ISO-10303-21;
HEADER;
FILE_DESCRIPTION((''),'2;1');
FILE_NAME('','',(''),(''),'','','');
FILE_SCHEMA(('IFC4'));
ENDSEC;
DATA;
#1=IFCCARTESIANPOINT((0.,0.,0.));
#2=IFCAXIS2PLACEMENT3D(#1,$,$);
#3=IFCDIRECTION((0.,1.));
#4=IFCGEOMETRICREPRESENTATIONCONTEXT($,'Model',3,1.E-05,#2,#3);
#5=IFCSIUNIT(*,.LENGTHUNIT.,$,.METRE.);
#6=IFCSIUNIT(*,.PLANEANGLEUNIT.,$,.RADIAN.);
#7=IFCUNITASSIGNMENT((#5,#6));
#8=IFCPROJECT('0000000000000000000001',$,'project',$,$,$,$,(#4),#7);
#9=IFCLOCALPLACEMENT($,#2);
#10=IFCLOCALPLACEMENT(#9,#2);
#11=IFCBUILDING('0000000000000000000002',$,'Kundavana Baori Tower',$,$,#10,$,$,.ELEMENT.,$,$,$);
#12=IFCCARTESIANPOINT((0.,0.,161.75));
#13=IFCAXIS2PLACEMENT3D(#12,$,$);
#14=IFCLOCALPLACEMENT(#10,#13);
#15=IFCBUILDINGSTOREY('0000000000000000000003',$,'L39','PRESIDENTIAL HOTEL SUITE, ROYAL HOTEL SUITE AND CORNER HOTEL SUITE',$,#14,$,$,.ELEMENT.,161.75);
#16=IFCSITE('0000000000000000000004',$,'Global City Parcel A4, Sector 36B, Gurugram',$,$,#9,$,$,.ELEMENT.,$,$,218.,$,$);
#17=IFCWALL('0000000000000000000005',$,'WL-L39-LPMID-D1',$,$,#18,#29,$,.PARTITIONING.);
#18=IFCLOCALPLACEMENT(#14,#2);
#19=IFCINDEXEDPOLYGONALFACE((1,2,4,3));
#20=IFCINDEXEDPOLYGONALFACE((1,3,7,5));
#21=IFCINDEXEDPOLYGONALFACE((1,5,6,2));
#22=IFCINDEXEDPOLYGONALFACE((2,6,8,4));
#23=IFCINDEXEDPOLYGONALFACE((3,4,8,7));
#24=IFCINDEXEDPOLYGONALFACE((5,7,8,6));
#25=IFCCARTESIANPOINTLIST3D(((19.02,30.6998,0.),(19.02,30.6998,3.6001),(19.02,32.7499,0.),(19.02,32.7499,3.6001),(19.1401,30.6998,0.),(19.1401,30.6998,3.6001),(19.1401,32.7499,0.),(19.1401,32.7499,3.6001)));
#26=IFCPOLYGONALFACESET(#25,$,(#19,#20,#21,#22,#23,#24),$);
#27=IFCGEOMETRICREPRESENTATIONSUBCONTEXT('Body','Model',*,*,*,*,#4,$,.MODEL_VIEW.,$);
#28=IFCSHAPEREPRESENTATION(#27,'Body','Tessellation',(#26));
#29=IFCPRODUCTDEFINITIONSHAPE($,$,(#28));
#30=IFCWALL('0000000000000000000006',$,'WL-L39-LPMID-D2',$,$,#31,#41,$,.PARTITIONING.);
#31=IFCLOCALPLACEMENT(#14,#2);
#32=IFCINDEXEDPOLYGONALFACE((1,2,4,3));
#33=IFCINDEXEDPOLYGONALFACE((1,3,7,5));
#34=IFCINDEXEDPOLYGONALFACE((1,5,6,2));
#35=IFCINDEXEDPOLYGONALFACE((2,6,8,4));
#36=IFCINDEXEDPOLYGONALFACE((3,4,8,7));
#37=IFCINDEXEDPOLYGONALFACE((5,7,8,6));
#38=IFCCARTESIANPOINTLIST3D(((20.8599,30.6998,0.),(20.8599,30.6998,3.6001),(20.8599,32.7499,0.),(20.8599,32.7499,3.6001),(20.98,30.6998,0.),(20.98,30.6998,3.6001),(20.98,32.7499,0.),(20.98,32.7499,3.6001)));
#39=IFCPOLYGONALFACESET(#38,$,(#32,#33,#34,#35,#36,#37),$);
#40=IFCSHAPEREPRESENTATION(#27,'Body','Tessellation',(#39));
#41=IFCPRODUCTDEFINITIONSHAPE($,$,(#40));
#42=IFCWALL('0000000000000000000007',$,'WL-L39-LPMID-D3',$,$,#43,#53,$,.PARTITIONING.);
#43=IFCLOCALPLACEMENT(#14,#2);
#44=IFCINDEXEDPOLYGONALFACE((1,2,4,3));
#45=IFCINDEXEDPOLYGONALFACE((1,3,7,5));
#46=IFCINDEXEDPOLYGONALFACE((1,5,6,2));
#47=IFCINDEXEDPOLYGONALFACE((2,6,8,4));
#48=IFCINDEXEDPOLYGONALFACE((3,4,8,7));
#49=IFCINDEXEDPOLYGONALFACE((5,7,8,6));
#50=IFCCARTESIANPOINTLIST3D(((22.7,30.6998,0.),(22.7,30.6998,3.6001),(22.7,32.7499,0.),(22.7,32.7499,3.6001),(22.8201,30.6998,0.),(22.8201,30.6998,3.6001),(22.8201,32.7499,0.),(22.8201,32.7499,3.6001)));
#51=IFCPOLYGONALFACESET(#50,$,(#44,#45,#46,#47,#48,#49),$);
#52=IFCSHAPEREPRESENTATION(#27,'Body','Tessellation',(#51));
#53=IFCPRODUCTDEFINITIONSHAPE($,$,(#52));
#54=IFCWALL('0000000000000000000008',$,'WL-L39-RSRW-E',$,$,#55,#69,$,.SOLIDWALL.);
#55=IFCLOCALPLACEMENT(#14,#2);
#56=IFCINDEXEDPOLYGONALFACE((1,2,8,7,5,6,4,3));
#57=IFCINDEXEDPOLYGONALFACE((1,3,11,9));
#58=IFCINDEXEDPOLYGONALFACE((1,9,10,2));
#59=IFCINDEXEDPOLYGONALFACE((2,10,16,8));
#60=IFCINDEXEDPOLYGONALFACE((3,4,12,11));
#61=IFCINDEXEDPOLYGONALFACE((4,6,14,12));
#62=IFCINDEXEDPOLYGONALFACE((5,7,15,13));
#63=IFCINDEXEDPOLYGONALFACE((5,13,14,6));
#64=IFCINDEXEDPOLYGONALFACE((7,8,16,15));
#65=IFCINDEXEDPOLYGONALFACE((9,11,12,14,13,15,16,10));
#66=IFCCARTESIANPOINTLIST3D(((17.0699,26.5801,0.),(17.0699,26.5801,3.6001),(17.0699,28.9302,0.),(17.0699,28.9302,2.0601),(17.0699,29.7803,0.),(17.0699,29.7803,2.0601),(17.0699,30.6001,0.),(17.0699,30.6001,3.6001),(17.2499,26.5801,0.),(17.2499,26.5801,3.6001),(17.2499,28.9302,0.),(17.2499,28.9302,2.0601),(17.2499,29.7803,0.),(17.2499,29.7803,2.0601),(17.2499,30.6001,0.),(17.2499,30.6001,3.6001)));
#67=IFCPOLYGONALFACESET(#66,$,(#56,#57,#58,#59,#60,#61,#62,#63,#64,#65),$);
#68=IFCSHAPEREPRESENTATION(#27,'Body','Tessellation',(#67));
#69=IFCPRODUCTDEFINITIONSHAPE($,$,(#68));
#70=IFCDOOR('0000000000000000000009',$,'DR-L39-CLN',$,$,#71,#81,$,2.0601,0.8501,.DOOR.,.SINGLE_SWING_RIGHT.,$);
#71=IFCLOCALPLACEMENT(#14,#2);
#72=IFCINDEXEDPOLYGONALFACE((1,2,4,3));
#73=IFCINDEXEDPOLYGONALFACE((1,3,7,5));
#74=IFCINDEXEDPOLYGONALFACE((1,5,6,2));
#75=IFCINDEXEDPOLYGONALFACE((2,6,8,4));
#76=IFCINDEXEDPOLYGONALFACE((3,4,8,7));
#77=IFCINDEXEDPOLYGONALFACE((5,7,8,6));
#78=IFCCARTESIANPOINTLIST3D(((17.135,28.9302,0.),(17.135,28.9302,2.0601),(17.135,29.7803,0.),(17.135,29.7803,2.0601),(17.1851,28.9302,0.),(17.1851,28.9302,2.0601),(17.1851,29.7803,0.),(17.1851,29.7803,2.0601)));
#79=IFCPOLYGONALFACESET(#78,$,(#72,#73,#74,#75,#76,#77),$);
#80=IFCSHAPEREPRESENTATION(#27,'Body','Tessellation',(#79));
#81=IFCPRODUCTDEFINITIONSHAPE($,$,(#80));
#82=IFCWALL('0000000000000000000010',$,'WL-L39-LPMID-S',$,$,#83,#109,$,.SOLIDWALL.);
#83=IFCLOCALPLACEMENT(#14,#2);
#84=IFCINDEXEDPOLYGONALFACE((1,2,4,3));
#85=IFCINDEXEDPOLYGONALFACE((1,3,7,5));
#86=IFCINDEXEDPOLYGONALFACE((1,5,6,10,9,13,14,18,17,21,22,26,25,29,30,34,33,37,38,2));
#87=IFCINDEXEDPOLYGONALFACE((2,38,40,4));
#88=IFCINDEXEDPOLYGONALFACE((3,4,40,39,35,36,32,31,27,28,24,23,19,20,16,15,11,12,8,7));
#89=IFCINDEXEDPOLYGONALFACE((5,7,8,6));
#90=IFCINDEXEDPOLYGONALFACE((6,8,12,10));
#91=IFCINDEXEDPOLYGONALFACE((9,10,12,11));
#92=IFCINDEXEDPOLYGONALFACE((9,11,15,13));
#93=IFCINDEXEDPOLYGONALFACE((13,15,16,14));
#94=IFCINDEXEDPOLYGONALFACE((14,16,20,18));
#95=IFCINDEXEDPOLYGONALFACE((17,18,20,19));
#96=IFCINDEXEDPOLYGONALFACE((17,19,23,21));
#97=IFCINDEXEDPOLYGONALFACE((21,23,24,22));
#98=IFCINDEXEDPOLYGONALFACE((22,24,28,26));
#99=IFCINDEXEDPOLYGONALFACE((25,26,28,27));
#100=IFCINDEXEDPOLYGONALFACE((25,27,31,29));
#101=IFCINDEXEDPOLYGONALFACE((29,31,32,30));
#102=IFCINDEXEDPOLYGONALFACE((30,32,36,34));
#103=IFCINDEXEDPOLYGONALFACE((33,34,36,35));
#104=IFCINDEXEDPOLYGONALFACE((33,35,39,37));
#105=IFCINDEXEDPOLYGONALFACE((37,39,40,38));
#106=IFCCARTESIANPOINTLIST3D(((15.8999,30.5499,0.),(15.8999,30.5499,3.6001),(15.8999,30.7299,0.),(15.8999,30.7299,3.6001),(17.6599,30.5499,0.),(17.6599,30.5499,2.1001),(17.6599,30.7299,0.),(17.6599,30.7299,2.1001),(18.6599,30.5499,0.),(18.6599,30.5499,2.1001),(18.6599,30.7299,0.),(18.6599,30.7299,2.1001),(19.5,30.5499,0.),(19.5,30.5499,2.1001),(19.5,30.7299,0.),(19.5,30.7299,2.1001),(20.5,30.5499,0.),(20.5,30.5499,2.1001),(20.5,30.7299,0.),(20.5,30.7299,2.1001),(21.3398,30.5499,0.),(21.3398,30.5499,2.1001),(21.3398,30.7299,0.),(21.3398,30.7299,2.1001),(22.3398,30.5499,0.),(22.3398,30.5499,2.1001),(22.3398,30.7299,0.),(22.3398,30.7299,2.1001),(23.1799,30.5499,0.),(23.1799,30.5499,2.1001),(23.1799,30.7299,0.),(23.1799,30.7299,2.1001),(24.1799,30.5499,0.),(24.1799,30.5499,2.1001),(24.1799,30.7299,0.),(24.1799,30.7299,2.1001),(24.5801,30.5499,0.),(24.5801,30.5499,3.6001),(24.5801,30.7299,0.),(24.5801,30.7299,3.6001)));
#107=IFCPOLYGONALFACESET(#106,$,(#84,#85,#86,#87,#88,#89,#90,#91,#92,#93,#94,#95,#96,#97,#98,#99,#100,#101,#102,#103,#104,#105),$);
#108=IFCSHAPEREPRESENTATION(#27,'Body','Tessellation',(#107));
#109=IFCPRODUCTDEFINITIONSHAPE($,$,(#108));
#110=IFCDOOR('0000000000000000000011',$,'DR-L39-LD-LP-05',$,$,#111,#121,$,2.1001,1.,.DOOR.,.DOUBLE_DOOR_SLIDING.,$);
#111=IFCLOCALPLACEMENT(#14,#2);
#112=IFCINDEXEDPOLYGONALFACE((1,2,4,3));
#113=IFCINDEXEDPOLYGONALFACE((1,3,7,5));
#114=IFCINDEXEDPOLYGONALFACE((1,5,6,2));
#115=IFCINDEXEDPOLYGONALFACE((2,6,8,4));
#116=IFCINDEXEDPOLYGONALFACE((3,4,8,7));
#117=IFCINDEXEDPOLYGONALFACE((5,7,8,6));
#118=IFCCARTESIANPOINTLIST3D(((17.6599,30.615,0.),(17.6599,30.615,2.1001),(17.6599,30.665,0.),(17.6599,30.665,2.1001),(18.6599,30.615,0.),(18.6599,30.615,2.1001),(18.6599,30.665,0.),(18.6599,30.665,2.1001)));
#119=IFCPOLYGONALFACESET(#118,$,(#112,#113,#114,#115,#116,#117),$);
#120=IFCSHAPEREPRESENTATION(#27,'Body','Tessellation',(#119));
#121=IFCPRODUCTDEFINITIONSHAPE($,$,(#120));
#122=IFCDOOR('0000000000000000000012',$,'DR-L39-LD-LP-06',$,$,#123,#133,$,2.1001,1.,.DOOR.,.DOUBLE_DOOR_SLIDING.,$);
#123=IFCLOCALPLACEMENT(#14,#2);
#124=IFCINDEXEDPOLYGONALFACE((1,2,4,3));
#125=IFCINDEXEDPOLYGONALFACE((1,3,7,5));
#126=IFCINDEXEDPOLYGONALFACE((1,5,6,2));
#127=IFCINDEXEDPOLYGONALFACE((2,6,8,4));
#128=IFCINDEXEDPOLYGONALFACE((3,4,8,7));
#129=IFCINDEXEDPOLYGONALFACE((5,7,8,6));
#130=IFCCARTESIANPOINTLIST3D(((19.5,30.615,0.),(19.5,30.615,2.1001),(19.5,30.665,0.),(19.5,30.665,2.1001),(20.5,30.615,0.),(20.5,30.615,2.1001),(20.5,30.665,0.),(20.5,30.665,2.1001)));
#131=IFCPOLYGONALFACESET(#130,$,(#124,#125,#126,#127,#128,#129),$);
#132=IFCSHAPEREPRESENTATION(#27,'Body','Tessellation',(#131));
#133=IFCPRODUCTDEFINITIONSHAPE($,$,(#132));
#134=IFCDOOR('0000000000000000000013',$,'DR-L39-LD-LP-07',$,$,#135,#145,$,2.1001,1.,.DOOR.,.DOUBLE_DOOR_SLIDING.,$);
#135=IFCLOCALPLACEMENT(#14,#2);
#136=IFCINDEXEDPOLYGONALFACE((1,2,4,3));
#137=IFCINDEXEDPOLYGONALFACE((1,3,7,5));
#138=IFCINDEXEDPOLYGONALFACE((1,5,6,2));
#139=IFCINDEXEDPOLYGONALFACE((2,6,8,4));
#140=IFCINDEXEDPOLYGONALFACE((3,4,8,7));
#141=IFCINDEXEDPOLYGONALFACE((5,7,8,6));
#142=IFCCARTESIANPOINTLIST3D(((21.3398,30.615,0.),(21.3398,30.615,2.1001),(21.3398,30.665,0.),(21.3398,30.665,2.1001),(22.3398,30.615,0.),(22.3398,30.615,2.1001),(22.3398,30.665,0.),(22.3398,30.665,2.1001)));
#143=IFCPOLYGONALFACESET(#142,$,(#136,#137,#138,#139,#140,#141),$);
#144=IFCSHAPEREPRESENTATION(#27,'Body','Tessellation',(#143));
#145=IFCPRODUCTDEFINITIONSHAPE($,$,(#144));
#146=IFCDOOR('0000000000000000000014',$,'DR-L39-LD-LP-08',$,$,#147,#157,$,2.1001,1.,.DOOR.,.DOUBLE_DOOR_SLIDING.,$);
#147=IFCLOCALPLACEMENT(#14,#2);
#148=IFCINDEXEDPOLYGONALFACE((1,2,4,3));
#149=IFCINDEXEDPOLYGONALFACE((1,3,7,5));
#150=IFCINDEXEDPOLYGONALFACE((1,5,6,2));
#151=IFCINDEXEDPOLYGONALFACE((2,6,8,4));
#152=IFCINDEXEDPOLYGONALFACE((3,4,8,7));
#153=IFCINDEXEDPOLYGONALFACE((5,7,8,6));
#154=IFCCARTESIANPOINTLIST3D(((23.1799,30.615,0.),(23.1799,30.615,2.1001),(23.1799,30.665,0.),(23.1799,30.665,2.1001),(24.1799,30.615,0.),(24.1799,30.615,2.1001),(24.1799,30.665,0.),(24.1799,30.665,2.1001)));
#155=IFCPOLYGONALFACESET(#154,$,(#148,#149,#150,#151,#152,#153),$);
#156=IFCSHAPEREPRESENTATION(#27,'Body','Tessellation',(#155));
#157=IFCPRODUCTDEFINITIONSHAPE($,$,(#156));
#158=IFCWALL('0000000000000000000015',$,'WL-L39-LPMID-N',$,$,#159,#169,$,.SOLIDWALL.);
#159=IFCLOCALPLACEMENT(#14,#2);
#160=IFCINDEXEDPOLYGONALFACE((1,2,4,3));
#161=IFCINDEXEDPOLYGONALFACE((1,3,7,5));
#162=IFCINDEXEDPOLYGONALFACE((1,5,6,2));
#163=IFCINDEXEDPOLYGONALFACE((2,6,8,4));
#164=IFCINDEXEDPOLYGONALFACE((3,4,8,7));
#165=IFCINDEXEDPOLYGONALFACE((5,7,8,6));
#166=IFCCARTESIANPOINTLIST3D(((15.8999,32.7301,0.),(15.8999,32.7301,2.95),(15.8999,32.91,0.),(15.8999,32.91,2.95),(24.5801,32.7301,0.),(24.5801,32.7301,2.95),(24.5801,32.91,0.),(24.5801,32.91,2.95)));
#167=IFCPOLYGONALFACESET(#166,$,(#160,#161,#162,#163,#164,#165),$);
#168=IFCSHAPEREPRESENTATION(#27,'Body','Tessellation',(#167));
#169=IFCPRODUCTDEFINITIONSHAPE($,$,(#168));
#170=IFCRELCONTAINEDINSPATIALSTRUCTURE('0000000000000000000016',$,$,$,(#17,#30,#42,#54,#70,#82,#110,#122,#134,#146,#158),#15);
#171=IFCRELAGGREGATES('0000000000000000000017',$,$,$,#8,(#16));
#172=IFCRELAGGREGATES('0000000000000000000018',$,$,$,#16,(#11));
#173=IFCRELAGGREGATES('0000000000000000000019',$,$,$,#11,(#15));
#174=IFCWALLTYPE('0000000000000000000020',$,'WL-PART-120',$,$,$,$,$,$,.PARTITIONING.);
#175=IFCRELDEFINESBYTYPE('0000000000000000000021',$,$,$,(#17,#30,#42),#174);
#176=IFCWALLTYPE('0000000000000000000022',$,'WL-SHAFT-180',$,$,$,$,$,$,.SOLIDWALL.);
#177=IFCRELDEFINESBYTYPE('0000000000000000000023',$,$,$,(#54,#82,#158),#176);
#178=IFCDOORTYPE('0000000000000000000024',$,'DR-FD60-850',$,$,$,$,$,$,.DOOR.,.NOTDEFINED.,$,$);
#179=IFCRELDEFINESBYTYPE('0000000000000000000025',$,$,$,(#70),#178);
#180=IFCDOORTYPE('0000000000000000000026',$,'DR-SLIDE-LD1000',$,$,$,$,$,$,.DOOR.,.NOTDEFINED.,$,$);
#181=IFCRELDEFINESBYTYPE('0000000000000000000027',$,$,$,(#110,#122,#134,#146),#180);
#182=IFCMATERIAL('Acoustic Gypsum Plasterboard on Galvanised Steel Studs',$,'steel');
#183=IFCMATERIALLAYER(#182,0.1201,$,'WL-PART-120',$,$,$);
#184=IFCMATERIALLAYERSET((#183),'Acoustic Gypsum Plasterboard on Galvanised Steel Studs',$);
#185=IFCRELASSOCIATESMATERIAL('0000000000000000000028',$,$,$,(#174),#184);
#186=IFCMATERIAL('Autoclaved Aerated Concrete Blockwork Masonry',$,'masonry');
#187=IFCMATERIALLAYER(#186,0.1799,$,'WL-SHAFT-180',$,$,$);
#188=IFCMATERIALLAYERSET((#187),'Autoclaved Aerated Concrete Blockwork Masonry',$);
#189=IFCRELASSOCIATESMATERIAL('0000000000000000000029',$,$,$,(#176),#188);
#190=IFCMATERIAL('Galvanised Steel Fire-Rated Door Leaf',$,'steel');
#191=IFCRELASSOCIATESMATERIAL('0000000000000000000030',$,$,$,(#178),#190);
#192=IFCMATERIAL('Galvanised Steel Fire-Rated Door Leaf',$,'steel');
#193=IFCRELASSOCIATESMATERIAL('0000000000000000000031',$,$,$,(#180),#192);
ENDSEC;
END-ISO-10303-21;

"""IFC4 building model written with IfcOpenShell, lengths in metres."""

from ifc_helpers import new_model, si_unit, direction, frame, frame_2d, origin, place, context, subcontext, project, spatial, rectangle, extrude, material, layer, layer_set, type_object, element, fill, save


model = new_model("IFC4")

# Units and contexts
model_context = context("Model", 3, precision=1e-05, world=origin(), true_north=direction((0.0, 1.0)))
body_context = subcontext(model_context, "Body", "Model", "MODEL_VIEW")
ifc_project = project(units=[si_unit("LENGTHUNIT", "METRE"), si_unit("PLANEANGLEUNIT", "RADIAN")], contexts=[model_context])

# Site, building, storey
site_placement = place(None, origin())
site = spatial("IfcSite", under=ifc_project, at=site_placement, Name="Global City Parcel A4, Sector 36B, Gurugram", CompositionType="ELEMENT", RefElevation=218.0)
building_placement = place(site_placement, origin())
building = spatial("IfcBuilding", under=site, at=building_placement, Name="Kundavana Baori Tower", CompositionType="ELEMENT")
storey_placement = place(building_placement, frame((0.0, 0.0, 161.75)))
storey = spatial("IfcBuildingStorey", under=building, at=storey_placement, Name="L39", Description="PRESIDENTIAL HOTEL SUITE, ROYAL HOTEL SUITE AND CORNER HOTEL SUITE", CompositionType="ELEMENT", Elevation=161.75)

# Walls
ifc_material_1 = material(Name="Acoustic Gypsum Plasterboard on Galvanised Steel Studs", Category="steel")
ifc_layer_1 = layer(ifc_material_1, 0.1201, Name="WL-PART-120")
ifc_layer_set_1 = layer_set([ifc_layer_1], Name="Acoustic Gypsum Plasterboard on Galvanised Steel Studs")
wall_type_1 = type_object("IfcWallType", Name="WL-PART-120", PredefinedType="PARTITIONING", material=ifc_layer_set_1)
for number, where, z_axis, x_axis, name in (
    (1, (19.0801, 30.7, 0.0), (0.0, 0.0, 1.0), (0.0, 1.0, 0.0), "WL-L39-LPMID-D1"),
    (2, (20.9199, 30.7, 0.0), (0.0, 0.0, 1.0), (0.0, 1.0, 0.0), "WL-L39-LPMID-D2"),
    (3, (22.76, 30.7, 0.0), (0.0, 0.0, 1.0), (0.0, 1.0, 0.0), "WL-L39-LPMID-D3"),
):
    element("IfcWall", number, at=place(storey_placement, frame(where, z_axis=z_axis, x_axis=x_axis)), inside=storey, type_object=wall_type_1, Name=name, PredefinedType="PARTITIONING", context=body_context, shape_type="SweptSolid", body=[
        extrude(rectangle(XDim=2.05, YDim=0.1201, at=frame_2d((1.0249, 0.0))), origin(), (0.0, 0.0, 1.0), 3.6001),
    ])

# Wall, opening, door
ifc_material_2 = material(Name="Autoclaved Aerated Concrete Blockwork Masonry", Category="masonry")
ifc_layer_2 = layer(ifc_material_2, 0.1799, Name="WL-SHAFT-180")
ifc_layer_set_2 = layer_set([ifc_layer_2], Name="Autoclaved Aerated Concrete Blockwork Masonry")
wall_type_2 = type_object("IfcWallType", Name="WL-SHAFT-180", PredefinedType="SOLIDWALL", material=ifc_layer_set_2)
wall_1_placement = place(storey_placement, frame((17.1599, 26.5801, 0.0), z_axis=(0.0, 0.0, 1.0), x_axis=(0.0, 1.0, 0.0)))
wall_1 = element("IfcWall", 4, at=wall_1_placement, inside=storey, type_object=wall_type_2, Name="WL-L39-RSRW-E", PredefinedType="SOLIDWALL", context=body_context, shape_type="SweptSolid", body=[
    extrude(rectangle(XDim=4.02, YDim=0.1799, at=frame_2d((2.01, 0.0))), origin(), (0.0, 0.0, 1.0), 3.6001),
])
opening_1_placement = place(wall_1_placement, frame((2.3501, 0.0, 0.0)))
opening_1 = element("IfcOpeningElement", 5, at=opening_1_placement, cuts=wall_1, PredefinedType="OPENING", context=body_context, shape_type="SweptSolid", body=[
    extrude(rectangle(XDim=0.8501, YDim=2.0601, at=frame_2d((0.425, 1.03))), frame((0.0, 0.1001, 0.0), z_axis=(0.0, -1.0, 0.0), x_axis=(1.0, 0.0, 0.0)), (0.0, 0.0, 1.0), 0.2),
])
ifc_material_3 = material(Name="Galvanised Steel Fire-Rated Door Leaf", Category="steel")
door_type_1 = type_object("IfcDoorType", Name="DR-FD60-850", OperationType="NOTDEFINED", PredefinedType="DOOR", material=ifc_material_3)
door_1_placement = place(opening_1_placement, origin())
door_1 = element("IfcDoor", 6, at=door_1_placement, inside=storey, type_object=door_type_1, Name="DR-L39-CLN", OperationType="SINGLE_SWING_RIGHT", OverallHeight=2.0601, OverallWidth=0.8501, PredefinedType="DOOR", context=body_context, shape_type="SweptSolid", body=[
    extrude(rectangle(XDim=0.8501, YDim=2.0601, at=frame_2d((0.425, 1.03))), frame((0.0, 0.0249, 0.0), z_axis=(0.0, -1.0, 0.0), x_axis=(1.0, 0.0, 0.0)), (0.0, 0.0, 1.0), 0.05),
])
fill(opening_1, door_1)

# Wall, openings, doors
wall_2_placement = place(storey_placement, frame((15.8999, 30.6399, 0.0), z_axis=(0.0, 0.0, 1.0), x_axis=(1.0, 0.0, 0.0)))
wall_2 = element("IfcWall", 7, at=wall_2_placement, inside=storey, type_object=wall_type_2, Name="WL-L39-LPMID-S", PredefinedType="SOLIDWALL", context=body_context, shape_type="SweptSolid", body=[
    extrude(rectangle(XDim=8.6802, YDim=0.1799, at=frame_2d((4.3401, 0.0))), origin(), (0.0, 0.0, 1.0), 3.6001),
])
opening_2_placement = place(wall_2_placement, frame((1.76, 0.0, 0.0)))
opening_2 = element("IfcOpeningElement", 8, at=opening_2_placement, cuts=wall_2, PredefinedType="OPENING", context=body_context, shape_type="SweptSolid", body=[
    extrude(rectangle(XDim=1.0, YDim=2.1001, at=frame_2d((0.5, 1.05))), frame((0.0, 0.1001, 0.0), z_axis=(0.0, -1.0, 0.0), x_axis=(1.0, 0.0, 0.0)), (0.0, 0.0, 1.0), 0.2),
])
opening_3_placement = place(wall_2_placement, frame((3.6001, 0.0, 0.0)))
opening_3 = element("IfcOpeningElement", 9, at=opening_3_placement, cuts=wall_2, PredefinedType="OPENING", context=body_context, shape_type="SweptSolid", body=[
    extrude(rectangle(XDim=1.0, YDim=2.1001, at=frame_2d((0.5, 1.05))), frame((0.0, 0.1001, 0.0), z_axis=(0.0, -1.0, 0.0), x_axis=(1.0, 0.0, 0.0)), (0.0, 0.0, 1.0), 0.2),
])
opening_4_placement = place(wall_2_placement, frame((5.4399, 0.0, 0.0)))
opening_4 = element("IfcOpeningElement", 10, at=opening_4_placement, cuts=wall_2, PredefinedType="OPENING", context=body_context, shape_type="SweptSolid", body=[
    extrude(rectangle(XDim=1.0, YDim=2.1001, at=frame_2d((0.5, 1.05))), frame((0.0, 0.1001, 0.0), z_axis=(0.0, -1.0, 0.0), x_axis=(1.0, 0.0, 0.0)), (0.0, 0.0, 1.0), 0.2),
])
opening_5_placement = place(wall_2_placement, frame((7.28, 0.0, 0.0)))
opening_5 = element("IfcOpeningElement", 11, at=opening_5_placement, cuts=wall_2, PredefinedType="OPENING", context=body_context, shape_type="SweptSolid", body=[
    extrude(rectangle(XDim=1.0, YDim=2.1001, at=frame_2d((0.5, 1.05))), frame((0.0, 0.1001, 0.0), z_axis=(0.0, -1.0, 0.0), x_axis=(1.0, 0.0, 0.0)), (0.0, 0.0, 1.0), 0.2),
])
ifc_material_4 = material(Name="Galvanised Steel Fire-Rated Door Leaf", Category="steel")
door_type_2 = type_object("IfcDoorType", Name="DR-SLIDE-LD1000", OperationType="NOTDEFINED", PredefinedType="DOOR", material=ifc_material_4)
door_2_placement = place(opening_2_placement, frame((1.0, 0.0, 0.0), z_axis=(0.0, 0.0, 1.0), x_axis=(-1.0, 0.0, 0.0)))
door_2 = element("IfcDoor", 12, at=door_2_placement, inside=storey, type_object=door_type_2, Name="DR-L39-LD-LP-05", OperationType="DOUBLE_DOOR_SLIDING", OverallHeight=2.1001, OverallWidth=1.0, PredefinedType="DOOR", context=body_context, shape_type="SweptSolid", body=[
    extrude(rectangle(XDim=1.0, YDim=2.1001, at=frame_2d((0.5, 1.05))), frame((0.0, 0.0249, 0.0), z_axis=(0.0, -1.0, 0.0), x_axis=(1.0, 0.0, 0.0)), (0.0, 0.0, 1.0), 0.05),
])
fill(opening_2, door_2)
door_3_placement = place(opening_3_placement, frame((1.0, 0.0, 0.0), z_axis=(0.0, 0.0, 1.0), x_axis=(-1.0, 0.0, 0.0)))
door_3 = element("IfcDoor", 13, at=door_3_placement, inside=storey, type_object=door_type_2, Name="DR-L39-LD-LP-06", OperationType="DOUBLE_DOOR_SLIDING", OverallHeight=2.1001, OverallWidth=1.0, PredefinedType="DOOR", context=body_context, shape_type="SweptSolid", body=[
    extrude(rectangle(XDim=1.0, YDim=2.1001, at=frame_2d((0.5, 1.05))), frame((0.0, 0.0249, 0.0), z_axis=(0.0, -1.0, 0.0), x_axis=(1.0, 0.0, 0.0)), (0.0, 0.0, 1.0), 0.05),
])
fill(opening_3, door_3)
door_4_placement = place(opening_4_placement, frame((1.0, 0.0, 0.0), z_axis=(0.0, 0.0, 1.0), x_axis=(-1.0, 0.0, 0.0)))
door_4 = element("IfcDoor", 14, at=door_4_placement, inside=storey, type_object=door_type_2, Name="DR-L39-LD-LP-07", OperationType="DOUBLE_DOOR_SLIDING", OverallHeight=2.1001, OverallWidth=1.0, PredefinedType="DOOR", context=body_context, shape_type="SweptSolid", body=[
    extrude(rectangle(XDim=1.0, YDim=2.1001, at=frame_2d((0.5, 1.05))), frame((0.0, 0.0249, 0.0), z_axis=(0.0, -1.0, 0.0), x_axis=(1.0, 0.0, 0.0)), (0.0, 0.0, 1.0), 0.05),
])
fill(opening_4, door_4)
door_5_placement = place(opening_5_placement, frame((1.0, 0.0, 0.0), z_axis=(0.0, 0.0, 1.0), x_axis=(-1.0, 0.0, 0.0)))
door_5 = element("IfcDoor", 15, at=door_5_placement, inside=storey, type_object=door_type_2, Name="DR-L39-LD-LP-08", OperationType="DOUBLE_DOOR_SLIDING", OverallHeight=2.1001, OverallWidth=1.0, PredefinedType="DOOR", context=body_context, shape_type="SweptSolid", body=[
    extrude(rectangle(XDim=1.0, YDim=2.1001, at=frame_2d((0.5, 1.05))), frame((0.0, 0.0249, 0.0), z_axis=(0.0, -1.0, 0.0), x_axis=(1.0, 0.0, 0.0)), (0.0, 0.0, 1.0), 0.05),
])
fill(opening_5, door_5)

# Wall
wall_3_placement = place(storey_placement, frame((15.8999, 32.8201, 0.0), z_axis=(0.0, 0.0, 1.0), x_axis=(1.0, 0.0, 0.0)))
element("IfcWall", 16, at=wall_3_placement, inside=storey, type_object=wall_type_2, Name="WL-L39-LPMID-N", PredefinedType="SOLIDWALL", context=body_context, shape_type="SweptSolid", body=[
    extrude(rectangle(XDim=8.6802, YDim=0.1799, at=frame_2d((4.3401, 0.0))), origin(), (0.0, 0.0, 1.0), 2.95),
])

save(model, "model.ifc")
